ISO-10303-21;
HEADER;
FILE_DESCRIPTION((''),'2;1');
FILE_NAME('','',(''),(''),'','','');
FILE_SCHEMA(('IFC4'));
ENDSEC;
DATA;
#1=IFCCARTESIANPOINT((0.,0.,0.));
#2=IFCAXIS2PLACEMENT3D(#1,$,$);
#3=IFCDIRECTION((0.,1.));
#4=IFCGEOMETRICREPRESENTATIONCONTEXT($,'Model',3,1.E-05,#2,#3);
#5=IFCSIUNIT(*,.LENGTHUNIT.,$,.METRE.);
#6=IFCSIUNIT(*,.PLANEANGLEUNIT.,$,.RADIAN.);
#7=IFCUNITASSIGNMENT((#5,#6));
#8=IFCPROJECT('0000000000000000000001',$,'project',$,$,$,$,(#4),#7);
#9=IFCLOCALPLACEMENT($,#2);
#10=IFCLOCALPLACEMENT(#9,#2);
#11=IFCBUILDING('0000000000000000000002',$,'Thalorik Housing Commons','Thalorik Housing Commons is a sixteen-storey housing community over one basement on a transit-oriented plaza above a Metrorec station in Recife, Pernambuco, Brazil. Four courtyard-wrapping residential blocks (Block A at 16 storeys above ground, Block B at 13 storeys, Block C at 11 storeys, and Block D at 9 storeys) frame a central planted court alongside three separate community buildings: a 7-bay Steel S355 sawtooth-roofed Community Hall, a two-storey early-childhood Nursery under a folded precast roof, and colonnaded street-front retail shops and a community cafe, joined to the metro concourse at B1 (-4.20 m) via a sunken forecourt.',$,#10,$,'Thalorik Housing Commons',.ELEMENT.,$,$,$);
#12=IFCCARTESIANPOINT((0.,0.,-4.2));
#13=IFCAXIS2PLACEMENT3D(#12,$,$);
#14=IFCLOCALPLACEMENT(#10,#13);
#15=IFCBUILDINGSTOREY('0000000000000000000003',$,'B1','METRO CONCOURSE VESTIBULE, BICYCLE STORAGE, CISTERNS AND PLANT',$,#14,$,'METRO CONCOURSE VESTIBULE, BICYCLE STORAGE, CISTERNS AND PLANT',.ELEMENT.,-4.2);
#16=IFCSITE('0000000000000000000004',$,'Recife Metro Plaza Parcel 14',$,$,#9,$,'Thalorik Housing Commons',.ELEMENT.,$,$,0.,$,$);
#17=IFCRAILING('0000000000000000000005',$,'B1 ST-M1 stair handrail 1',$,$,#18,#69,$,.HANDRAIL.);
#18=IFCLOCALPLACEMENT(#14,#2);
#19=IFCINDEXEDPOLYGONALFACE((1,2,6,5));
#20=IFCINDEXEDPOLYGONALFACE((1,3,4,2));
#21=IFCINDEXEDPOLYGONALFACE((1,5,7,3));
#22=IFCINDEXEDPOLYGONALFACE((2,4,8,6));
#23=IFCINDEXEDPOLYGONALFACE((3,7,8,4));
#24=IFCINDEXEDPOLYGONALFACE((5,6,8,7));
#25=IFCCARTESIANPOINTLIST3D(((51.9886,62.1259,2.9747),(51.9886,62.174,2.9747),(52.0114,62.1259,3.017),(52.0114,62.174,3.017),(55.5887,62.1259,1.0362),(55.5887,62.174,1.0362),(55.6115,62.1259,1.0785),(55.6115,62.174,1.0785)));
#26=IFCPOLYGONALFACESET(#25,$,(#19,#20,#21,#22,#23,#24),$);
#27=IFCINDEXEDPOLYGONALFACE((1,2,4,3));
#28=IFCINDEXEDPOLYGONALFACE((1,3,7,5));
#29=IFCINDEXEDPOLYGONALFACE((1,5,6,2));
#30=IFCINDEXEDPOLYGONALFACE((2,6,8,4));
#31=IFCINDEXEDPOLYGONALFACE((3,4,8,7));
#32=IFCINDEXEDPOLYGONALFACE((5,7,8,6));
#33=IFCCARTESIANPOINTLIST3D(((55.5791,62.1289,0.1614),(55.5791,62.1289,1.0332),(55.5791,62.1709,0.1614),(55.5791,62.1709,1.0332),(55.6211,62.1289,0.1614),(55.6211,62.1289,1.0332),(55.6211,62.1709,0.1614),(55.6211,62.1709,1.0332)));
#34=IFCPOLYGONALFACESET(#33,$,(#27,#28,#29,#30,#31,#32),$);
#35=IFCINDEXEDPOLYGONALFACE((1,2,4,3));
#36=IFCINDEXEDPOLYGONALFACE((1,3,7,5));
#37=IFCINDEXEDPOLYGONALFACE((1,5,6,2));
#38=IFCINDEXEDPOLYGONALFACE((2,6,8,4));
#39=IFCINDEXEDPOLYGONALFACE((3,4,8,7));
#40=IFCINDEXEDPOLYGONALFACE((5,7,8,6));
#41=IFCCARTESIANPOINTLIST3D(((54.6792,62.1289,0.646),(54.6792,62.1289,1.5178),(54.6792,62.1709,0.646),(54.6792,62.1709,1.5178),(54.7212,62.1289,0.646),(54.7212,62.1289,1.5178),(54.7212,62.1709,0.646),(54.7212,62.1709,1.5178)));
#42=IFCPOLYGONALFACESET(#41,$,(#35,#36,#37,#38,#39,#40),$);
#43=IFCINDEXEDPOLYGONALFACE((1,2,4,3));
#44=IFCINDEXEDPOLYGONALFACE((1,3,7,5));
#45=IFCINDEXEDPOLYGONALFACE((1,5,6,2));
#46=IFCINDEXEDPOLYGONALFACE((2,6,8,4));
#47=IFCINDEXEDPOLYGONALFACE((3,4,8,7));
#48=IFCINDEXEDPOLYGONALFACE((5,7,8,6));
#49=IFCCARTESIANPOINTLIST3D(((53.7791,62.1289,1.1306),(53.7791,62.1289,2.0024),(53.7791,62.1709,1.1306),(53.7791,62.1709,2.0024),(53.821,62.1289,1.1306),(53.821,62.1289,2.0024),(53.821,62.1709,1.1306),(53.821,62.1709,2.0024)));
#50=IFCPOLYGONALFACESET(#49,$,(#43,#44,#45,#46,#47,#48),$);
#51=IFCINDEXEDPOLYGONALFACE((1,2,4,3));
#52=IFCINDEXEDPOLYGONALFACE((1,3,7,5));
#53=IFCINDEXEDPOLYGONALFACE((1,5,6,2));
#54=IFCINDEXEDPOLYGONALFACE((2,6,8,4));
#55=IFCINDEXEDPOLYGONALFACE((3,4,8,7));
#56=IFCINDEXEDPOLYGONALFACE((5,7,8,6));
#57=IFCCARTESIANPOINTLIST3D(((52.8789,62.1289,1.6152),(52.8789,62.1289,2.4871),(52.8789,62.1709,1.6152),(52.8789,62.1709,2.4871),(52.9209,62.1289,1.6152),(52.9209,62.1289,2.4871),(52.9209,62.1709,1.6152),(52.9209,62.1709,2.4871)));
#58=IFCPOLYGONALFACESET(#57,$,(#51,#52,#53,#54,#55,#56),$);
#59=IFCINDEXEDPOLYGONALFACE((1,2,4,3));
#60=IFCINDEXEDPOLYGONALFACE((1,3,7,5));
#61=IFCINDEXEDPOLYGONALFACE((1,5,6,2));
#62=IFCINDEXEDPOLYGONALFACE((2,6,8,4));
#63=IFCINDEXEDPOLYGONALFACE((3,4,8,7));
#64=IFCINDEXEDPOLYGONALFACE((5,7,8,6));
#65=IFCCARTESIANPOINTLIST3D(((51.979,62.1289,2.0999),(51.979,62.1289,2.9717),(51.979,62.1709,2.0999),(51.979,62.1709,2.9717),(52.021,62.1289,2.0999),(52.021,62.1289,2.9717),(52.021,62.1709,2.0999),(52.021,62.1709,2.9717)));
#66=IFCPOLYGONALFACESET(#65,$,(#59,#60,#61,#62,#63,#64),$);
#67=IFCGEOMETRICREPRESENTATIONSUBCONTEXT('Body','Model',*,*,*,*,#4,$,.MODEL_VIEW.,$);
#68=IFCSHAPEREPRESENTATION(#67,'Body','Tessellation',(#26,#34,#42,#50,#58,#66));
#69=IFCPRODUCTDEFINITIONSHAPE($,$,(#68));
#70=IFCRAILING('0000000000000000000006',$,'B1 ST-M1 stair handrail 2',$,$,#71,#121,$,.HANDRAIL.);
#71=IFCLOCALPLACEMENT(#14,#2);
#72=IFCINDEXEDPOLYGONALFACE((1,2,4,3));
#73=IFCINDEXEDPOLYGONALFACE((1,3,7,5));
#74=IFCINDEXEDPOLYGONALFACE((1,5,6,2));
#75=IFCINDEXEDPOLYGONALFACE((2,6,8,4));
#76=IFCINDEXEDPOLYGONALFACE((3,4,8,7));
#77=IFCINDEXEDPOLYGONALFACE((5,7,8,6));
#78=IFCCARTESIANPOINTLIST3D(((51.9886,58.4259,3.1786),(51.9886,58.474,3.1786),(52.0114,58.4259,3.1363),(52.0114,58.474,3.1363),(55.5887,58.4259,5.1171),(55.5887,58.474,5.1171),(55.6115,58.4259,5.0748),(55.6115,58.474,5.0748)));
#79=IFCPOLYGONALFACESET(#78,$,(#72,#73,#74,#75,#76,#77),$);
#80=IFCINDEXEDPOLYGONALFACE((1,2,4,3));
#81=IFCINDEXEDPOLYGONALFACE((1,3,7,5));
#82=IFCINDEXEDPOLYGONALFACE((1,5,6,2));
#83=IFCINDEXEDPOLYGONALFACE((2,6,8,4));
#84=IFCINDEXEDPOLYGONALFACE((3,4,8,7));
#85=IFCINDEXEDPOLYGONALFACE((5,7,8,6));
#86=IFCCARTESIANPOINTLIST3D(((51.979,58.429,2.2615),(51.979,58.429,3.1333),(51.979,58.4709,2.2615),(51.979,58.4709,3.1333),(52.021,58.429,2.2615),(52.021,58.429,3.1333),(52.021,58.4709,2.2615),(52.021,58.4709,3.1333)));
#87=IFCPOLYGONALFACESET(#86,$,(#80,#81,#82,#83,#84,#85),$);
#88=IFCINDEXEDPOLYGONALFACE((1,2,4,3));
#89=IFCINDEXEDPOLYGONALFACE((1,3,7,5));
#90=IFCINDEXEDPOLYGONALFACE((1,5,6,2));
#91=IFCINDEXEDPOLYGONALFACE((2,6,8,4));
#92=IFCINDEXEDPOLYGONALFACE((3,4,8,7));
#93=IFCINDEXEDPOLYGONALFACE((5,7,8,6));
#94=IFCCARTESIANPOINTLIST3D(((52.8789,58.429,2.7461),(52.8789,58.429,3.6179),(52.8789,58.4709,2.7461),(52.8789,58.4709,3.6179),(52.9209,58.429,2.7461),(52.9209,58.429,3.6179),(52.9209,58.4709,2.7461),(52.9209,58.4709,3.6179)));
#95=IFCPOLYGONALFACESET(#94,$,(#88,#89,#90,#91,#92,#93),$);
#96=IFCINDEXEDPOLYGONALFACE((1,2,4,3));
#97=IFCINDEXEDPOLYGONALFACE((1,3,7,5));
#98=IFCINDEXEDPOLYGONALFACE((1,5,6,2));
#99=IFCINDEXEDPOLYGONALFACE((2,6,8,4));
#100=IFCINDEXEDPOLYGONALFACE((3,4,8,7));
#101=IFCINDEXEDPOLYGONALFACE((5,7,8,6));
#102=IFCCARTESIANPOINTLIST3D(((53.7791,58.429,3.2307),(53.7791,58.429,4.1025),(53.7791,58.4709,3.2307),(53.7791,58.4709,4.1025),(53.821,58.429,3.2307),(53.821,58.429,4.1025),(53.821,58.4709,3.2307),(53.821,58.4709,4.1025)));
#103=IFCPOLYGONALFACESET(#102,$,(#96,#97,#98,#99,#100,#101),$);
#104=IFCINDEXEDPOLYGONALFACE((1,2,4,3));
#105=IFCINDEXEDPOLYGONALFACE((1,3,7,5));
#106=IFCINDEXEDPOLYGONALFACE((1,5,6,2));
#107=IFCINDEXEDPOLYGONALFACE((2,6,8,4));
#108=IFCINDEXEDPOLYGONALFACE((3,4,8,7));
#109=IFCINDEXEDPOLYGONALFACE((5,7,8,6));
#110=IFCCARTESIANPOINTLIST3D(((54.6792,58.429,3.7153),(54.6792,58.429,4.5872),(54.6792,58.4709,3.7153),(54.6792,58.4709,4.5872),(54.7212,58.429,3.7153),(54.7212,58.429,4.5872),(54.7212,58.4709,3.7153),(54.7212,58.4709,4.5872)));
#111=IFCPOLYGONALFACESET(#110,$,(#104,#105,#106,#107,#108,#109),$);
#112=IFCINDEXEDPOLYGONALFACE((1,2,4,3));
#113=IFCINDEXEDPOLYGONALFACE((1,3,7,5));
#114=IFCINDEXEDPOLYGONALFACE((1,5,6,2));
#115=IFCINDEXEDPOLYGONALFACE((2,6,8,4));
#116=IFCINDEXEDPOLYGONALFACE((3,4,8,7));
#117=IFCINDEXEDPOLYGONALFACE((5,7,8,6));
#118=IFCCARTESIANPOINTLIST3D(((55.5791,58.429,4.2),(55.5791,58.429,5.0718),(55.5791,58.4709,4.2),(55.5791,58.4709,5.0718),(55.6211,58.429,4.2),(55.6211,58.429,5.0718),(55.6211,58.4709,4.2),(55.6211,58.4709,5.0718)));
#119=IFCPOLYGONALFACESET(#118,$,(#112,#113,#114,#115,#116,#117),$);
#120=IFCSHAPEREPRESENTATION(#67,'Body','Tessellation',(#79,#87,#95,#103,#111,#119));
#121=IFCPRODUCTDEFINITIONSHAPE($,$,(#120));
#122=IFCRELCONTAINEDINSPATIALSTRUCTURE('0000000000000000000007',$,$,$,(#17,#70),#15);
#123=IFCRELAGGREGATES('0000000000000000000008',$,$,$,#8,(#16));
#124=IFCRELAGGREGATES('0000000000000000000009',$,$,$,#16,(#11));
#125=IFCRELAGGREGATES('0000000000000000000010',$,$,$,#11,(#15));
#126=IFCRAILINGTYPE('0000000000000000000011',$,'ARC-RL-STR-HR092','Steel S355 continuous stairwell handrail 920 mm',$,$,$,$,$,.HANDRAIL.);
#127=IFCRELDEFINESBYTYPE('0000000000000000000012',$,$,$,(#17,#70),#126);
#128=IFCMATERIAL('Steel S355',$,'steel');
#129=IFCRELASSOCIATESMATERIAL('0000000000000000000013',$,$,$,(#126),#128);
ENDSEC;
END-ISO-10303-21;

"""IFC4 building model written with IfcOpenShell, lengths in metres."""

from ifc_helpers import new_model, si_unit, direction, frame, origin, origin_2d, place, context, subcontext, project, spatial, rectangle, extrude, material, type_object, element, save


model = new_model("IFC4")

# Units and contexts
model_context = context("Model", 3, precision=1e-05, world=origin(), true_north=direction((0.0, 1.0)))
body_context = subcontext(model_context, "Body", "Model", "MODEL_VIEW")
ifc_project = project(units=[si_unit("LENGTHUNIT", "METRE"), si_unit("PLANEANGLEUNIT", "RADIAN")], contexts=[model_context])

# Site, building, storey
site_placement = place(None, origin())
site = spatial("IfcSite", under=ifc_project, at=site_placement, Name="Recife Metro Plaza Parcel 14", LongName="Thalorik Housing Commons", CompositionType="ELEMENT", RefElevation=0.0)
building_placement = place(site_placement, origin())
building = spatial("IfcBuilding", under=site, at=building_placement, Name="Thalorik Housing Commons", Description="Thalorik Housing Commons is a sixteen-storey housing community over one basement on a transit-oriented plaza above a Metrorec station in Recife, Pernambuco, Brazil. Four courtyard-wrapping residential blocks (Block A at 16 storeys above ground, Block B at 13 storeys, Block C at 11 storeys, and Block D at 9 storeys) frame a central planted court alongside three separate community buildings: a 7-bay Steel S355 sawtooth-roofed Community Hall, a two-storey early-childhood Nursery under a folded precast roof, and colonnaded street-front retail shops and a community cafe, joined to the metro concourse at B1 (-4.20 m) via a sunken forecourt.", LongName="Thalorik Housing Commons", CompositionType="ELEMENT")
storey_placement = place(building_placement, frame((0.0, 0.0, -4.2)))
storey = spatial("IfcBuildingStorey", under=building, at=storey_placement, Name="B1", Description="METRO CONCOURSE VESTIBULE, BICYCLE STORAGE, CISTERNS AND PLANT", LongName="METRO CONCOURSE VESTIBULE, BICYCLE STORAGE, CISTERNS AND PLANT", CompositionType="ELEMENT", Elevation=-4.2)

# Railings
ifc_material_1 = material(Name="Steel S355", Category="steel")
railing_type_1 = type_object("IfcRailingType", Name="ARC-RL-STR-HR092", Description="Steel S355 continuous stairwell handrail 920 mm", PredefinedType="HANDRAIL", material=ifc_material_1)
railing_1_placement = place(storey_placement, frame((55.6001, 62.1499, 0.1614)))
element("IfcRailing", 1, at=railing_1_placement, inside=storey, type_object=railing_type_1, Name="B1 ST-M1 stair handrail 1", PredefinedType="HANDRAIL", context=body_context, shape_type="SweptSolid", body=[
    extrude(rectangle(XDim=0.0481, YDim=0.0481, at=origin_2d()), frame((0.0, 0.0, 0.896), z_axis=(-0.880475, 0.0, 0.474093), x_axis=(0.0, -1.0, 0.0)), (0.0, 0.0, 1.0), 4.0889),
    extrude(rectangle(XDim=0.042, YDim=0.042, at=origin_2d()), origin(), (0.0, 0.0, 1.0), 0.8718),
    extrude(rectangle(XDim=0.042, YDim=0.042, at=origin_2d()), frame((-0.8999, 0.0, 0.4846)), (0.0, 0.0, 1.0), 0.8718),
    extrude(rectangle(XDim=0.042, YDim=0.042, at=origin_2d()), frame((-1.8, 0.0, 0.9692)), (0.0, 0.0, 1.0), 0.8718),
    extrude(rectangle(XDim=0.042, YDim=0.042, at=origin_2d()), frame((-2.7002, 0.0, 1.4539)), (0.0, 0.0, 1.0), 0.8718),
    extrude(rectangle(XDim=0.042, YDim=0.042, at=origin_2d()), frame((-3.6001, 0.0, 1.9385)), (0.0, 0.0, 1.0), 0.8718),
])
railing_2_placement = place(storey_placement, frame((52.0, 58.45, 2.2615)))
element("IfcRailing", 2, at=railing_2_placement, inside=storey, type_object=railing_type_1, Name="B1 ST-M1 stair handrail 2", PredefinedType="HANDRAIL", context=body_context, shape_type="SweptSolid", body=[
    extrude(rectangle(XDim=0.0481, YDim=0.0481, at=origin_2d()), frame((0.0, 0.0, 0.896), z_axis=(0.880475, 0.0, 0.474093), x_axis=(0.0, 1.0, 0.0)), (0.0, 0.0, 1.0), 4.0889),
    extrude(rectangle(XDim=0.042, YDim=0.042, at=origin_2d()), origin(), (0.0, 0.0, 1.0), 0.8718),
    extrude(rectangle(XDim=0.042, YDim=0.042, at=origin_2d()), frame((0.8999, 0.0, 0.4846)), (0.0, 0.0, 1.0), 0.8718),
    extrude(rectangle(XDim=0.042, YDim=0.042, at=origin_2d()), frame((1.8, 0.0, 0.9692)), (0.0, 0.0, 1.0), 0.8718),
    extrude(rectangle(XDim=0.042, YDim=0.042, at=origin_2d()), frame((2.7002, 0.0, 1.4539)), (0.0, 0.0, 1.0), 0.8718),
    extrude(rectangle(XDim=0.042, YDim=0.042, at=origin_2d()), frame((3.6001, 0.0, 1.9385)), (0.0, 0.0, 1.0), 0.8718),
])

save(model, "model.ifc")
